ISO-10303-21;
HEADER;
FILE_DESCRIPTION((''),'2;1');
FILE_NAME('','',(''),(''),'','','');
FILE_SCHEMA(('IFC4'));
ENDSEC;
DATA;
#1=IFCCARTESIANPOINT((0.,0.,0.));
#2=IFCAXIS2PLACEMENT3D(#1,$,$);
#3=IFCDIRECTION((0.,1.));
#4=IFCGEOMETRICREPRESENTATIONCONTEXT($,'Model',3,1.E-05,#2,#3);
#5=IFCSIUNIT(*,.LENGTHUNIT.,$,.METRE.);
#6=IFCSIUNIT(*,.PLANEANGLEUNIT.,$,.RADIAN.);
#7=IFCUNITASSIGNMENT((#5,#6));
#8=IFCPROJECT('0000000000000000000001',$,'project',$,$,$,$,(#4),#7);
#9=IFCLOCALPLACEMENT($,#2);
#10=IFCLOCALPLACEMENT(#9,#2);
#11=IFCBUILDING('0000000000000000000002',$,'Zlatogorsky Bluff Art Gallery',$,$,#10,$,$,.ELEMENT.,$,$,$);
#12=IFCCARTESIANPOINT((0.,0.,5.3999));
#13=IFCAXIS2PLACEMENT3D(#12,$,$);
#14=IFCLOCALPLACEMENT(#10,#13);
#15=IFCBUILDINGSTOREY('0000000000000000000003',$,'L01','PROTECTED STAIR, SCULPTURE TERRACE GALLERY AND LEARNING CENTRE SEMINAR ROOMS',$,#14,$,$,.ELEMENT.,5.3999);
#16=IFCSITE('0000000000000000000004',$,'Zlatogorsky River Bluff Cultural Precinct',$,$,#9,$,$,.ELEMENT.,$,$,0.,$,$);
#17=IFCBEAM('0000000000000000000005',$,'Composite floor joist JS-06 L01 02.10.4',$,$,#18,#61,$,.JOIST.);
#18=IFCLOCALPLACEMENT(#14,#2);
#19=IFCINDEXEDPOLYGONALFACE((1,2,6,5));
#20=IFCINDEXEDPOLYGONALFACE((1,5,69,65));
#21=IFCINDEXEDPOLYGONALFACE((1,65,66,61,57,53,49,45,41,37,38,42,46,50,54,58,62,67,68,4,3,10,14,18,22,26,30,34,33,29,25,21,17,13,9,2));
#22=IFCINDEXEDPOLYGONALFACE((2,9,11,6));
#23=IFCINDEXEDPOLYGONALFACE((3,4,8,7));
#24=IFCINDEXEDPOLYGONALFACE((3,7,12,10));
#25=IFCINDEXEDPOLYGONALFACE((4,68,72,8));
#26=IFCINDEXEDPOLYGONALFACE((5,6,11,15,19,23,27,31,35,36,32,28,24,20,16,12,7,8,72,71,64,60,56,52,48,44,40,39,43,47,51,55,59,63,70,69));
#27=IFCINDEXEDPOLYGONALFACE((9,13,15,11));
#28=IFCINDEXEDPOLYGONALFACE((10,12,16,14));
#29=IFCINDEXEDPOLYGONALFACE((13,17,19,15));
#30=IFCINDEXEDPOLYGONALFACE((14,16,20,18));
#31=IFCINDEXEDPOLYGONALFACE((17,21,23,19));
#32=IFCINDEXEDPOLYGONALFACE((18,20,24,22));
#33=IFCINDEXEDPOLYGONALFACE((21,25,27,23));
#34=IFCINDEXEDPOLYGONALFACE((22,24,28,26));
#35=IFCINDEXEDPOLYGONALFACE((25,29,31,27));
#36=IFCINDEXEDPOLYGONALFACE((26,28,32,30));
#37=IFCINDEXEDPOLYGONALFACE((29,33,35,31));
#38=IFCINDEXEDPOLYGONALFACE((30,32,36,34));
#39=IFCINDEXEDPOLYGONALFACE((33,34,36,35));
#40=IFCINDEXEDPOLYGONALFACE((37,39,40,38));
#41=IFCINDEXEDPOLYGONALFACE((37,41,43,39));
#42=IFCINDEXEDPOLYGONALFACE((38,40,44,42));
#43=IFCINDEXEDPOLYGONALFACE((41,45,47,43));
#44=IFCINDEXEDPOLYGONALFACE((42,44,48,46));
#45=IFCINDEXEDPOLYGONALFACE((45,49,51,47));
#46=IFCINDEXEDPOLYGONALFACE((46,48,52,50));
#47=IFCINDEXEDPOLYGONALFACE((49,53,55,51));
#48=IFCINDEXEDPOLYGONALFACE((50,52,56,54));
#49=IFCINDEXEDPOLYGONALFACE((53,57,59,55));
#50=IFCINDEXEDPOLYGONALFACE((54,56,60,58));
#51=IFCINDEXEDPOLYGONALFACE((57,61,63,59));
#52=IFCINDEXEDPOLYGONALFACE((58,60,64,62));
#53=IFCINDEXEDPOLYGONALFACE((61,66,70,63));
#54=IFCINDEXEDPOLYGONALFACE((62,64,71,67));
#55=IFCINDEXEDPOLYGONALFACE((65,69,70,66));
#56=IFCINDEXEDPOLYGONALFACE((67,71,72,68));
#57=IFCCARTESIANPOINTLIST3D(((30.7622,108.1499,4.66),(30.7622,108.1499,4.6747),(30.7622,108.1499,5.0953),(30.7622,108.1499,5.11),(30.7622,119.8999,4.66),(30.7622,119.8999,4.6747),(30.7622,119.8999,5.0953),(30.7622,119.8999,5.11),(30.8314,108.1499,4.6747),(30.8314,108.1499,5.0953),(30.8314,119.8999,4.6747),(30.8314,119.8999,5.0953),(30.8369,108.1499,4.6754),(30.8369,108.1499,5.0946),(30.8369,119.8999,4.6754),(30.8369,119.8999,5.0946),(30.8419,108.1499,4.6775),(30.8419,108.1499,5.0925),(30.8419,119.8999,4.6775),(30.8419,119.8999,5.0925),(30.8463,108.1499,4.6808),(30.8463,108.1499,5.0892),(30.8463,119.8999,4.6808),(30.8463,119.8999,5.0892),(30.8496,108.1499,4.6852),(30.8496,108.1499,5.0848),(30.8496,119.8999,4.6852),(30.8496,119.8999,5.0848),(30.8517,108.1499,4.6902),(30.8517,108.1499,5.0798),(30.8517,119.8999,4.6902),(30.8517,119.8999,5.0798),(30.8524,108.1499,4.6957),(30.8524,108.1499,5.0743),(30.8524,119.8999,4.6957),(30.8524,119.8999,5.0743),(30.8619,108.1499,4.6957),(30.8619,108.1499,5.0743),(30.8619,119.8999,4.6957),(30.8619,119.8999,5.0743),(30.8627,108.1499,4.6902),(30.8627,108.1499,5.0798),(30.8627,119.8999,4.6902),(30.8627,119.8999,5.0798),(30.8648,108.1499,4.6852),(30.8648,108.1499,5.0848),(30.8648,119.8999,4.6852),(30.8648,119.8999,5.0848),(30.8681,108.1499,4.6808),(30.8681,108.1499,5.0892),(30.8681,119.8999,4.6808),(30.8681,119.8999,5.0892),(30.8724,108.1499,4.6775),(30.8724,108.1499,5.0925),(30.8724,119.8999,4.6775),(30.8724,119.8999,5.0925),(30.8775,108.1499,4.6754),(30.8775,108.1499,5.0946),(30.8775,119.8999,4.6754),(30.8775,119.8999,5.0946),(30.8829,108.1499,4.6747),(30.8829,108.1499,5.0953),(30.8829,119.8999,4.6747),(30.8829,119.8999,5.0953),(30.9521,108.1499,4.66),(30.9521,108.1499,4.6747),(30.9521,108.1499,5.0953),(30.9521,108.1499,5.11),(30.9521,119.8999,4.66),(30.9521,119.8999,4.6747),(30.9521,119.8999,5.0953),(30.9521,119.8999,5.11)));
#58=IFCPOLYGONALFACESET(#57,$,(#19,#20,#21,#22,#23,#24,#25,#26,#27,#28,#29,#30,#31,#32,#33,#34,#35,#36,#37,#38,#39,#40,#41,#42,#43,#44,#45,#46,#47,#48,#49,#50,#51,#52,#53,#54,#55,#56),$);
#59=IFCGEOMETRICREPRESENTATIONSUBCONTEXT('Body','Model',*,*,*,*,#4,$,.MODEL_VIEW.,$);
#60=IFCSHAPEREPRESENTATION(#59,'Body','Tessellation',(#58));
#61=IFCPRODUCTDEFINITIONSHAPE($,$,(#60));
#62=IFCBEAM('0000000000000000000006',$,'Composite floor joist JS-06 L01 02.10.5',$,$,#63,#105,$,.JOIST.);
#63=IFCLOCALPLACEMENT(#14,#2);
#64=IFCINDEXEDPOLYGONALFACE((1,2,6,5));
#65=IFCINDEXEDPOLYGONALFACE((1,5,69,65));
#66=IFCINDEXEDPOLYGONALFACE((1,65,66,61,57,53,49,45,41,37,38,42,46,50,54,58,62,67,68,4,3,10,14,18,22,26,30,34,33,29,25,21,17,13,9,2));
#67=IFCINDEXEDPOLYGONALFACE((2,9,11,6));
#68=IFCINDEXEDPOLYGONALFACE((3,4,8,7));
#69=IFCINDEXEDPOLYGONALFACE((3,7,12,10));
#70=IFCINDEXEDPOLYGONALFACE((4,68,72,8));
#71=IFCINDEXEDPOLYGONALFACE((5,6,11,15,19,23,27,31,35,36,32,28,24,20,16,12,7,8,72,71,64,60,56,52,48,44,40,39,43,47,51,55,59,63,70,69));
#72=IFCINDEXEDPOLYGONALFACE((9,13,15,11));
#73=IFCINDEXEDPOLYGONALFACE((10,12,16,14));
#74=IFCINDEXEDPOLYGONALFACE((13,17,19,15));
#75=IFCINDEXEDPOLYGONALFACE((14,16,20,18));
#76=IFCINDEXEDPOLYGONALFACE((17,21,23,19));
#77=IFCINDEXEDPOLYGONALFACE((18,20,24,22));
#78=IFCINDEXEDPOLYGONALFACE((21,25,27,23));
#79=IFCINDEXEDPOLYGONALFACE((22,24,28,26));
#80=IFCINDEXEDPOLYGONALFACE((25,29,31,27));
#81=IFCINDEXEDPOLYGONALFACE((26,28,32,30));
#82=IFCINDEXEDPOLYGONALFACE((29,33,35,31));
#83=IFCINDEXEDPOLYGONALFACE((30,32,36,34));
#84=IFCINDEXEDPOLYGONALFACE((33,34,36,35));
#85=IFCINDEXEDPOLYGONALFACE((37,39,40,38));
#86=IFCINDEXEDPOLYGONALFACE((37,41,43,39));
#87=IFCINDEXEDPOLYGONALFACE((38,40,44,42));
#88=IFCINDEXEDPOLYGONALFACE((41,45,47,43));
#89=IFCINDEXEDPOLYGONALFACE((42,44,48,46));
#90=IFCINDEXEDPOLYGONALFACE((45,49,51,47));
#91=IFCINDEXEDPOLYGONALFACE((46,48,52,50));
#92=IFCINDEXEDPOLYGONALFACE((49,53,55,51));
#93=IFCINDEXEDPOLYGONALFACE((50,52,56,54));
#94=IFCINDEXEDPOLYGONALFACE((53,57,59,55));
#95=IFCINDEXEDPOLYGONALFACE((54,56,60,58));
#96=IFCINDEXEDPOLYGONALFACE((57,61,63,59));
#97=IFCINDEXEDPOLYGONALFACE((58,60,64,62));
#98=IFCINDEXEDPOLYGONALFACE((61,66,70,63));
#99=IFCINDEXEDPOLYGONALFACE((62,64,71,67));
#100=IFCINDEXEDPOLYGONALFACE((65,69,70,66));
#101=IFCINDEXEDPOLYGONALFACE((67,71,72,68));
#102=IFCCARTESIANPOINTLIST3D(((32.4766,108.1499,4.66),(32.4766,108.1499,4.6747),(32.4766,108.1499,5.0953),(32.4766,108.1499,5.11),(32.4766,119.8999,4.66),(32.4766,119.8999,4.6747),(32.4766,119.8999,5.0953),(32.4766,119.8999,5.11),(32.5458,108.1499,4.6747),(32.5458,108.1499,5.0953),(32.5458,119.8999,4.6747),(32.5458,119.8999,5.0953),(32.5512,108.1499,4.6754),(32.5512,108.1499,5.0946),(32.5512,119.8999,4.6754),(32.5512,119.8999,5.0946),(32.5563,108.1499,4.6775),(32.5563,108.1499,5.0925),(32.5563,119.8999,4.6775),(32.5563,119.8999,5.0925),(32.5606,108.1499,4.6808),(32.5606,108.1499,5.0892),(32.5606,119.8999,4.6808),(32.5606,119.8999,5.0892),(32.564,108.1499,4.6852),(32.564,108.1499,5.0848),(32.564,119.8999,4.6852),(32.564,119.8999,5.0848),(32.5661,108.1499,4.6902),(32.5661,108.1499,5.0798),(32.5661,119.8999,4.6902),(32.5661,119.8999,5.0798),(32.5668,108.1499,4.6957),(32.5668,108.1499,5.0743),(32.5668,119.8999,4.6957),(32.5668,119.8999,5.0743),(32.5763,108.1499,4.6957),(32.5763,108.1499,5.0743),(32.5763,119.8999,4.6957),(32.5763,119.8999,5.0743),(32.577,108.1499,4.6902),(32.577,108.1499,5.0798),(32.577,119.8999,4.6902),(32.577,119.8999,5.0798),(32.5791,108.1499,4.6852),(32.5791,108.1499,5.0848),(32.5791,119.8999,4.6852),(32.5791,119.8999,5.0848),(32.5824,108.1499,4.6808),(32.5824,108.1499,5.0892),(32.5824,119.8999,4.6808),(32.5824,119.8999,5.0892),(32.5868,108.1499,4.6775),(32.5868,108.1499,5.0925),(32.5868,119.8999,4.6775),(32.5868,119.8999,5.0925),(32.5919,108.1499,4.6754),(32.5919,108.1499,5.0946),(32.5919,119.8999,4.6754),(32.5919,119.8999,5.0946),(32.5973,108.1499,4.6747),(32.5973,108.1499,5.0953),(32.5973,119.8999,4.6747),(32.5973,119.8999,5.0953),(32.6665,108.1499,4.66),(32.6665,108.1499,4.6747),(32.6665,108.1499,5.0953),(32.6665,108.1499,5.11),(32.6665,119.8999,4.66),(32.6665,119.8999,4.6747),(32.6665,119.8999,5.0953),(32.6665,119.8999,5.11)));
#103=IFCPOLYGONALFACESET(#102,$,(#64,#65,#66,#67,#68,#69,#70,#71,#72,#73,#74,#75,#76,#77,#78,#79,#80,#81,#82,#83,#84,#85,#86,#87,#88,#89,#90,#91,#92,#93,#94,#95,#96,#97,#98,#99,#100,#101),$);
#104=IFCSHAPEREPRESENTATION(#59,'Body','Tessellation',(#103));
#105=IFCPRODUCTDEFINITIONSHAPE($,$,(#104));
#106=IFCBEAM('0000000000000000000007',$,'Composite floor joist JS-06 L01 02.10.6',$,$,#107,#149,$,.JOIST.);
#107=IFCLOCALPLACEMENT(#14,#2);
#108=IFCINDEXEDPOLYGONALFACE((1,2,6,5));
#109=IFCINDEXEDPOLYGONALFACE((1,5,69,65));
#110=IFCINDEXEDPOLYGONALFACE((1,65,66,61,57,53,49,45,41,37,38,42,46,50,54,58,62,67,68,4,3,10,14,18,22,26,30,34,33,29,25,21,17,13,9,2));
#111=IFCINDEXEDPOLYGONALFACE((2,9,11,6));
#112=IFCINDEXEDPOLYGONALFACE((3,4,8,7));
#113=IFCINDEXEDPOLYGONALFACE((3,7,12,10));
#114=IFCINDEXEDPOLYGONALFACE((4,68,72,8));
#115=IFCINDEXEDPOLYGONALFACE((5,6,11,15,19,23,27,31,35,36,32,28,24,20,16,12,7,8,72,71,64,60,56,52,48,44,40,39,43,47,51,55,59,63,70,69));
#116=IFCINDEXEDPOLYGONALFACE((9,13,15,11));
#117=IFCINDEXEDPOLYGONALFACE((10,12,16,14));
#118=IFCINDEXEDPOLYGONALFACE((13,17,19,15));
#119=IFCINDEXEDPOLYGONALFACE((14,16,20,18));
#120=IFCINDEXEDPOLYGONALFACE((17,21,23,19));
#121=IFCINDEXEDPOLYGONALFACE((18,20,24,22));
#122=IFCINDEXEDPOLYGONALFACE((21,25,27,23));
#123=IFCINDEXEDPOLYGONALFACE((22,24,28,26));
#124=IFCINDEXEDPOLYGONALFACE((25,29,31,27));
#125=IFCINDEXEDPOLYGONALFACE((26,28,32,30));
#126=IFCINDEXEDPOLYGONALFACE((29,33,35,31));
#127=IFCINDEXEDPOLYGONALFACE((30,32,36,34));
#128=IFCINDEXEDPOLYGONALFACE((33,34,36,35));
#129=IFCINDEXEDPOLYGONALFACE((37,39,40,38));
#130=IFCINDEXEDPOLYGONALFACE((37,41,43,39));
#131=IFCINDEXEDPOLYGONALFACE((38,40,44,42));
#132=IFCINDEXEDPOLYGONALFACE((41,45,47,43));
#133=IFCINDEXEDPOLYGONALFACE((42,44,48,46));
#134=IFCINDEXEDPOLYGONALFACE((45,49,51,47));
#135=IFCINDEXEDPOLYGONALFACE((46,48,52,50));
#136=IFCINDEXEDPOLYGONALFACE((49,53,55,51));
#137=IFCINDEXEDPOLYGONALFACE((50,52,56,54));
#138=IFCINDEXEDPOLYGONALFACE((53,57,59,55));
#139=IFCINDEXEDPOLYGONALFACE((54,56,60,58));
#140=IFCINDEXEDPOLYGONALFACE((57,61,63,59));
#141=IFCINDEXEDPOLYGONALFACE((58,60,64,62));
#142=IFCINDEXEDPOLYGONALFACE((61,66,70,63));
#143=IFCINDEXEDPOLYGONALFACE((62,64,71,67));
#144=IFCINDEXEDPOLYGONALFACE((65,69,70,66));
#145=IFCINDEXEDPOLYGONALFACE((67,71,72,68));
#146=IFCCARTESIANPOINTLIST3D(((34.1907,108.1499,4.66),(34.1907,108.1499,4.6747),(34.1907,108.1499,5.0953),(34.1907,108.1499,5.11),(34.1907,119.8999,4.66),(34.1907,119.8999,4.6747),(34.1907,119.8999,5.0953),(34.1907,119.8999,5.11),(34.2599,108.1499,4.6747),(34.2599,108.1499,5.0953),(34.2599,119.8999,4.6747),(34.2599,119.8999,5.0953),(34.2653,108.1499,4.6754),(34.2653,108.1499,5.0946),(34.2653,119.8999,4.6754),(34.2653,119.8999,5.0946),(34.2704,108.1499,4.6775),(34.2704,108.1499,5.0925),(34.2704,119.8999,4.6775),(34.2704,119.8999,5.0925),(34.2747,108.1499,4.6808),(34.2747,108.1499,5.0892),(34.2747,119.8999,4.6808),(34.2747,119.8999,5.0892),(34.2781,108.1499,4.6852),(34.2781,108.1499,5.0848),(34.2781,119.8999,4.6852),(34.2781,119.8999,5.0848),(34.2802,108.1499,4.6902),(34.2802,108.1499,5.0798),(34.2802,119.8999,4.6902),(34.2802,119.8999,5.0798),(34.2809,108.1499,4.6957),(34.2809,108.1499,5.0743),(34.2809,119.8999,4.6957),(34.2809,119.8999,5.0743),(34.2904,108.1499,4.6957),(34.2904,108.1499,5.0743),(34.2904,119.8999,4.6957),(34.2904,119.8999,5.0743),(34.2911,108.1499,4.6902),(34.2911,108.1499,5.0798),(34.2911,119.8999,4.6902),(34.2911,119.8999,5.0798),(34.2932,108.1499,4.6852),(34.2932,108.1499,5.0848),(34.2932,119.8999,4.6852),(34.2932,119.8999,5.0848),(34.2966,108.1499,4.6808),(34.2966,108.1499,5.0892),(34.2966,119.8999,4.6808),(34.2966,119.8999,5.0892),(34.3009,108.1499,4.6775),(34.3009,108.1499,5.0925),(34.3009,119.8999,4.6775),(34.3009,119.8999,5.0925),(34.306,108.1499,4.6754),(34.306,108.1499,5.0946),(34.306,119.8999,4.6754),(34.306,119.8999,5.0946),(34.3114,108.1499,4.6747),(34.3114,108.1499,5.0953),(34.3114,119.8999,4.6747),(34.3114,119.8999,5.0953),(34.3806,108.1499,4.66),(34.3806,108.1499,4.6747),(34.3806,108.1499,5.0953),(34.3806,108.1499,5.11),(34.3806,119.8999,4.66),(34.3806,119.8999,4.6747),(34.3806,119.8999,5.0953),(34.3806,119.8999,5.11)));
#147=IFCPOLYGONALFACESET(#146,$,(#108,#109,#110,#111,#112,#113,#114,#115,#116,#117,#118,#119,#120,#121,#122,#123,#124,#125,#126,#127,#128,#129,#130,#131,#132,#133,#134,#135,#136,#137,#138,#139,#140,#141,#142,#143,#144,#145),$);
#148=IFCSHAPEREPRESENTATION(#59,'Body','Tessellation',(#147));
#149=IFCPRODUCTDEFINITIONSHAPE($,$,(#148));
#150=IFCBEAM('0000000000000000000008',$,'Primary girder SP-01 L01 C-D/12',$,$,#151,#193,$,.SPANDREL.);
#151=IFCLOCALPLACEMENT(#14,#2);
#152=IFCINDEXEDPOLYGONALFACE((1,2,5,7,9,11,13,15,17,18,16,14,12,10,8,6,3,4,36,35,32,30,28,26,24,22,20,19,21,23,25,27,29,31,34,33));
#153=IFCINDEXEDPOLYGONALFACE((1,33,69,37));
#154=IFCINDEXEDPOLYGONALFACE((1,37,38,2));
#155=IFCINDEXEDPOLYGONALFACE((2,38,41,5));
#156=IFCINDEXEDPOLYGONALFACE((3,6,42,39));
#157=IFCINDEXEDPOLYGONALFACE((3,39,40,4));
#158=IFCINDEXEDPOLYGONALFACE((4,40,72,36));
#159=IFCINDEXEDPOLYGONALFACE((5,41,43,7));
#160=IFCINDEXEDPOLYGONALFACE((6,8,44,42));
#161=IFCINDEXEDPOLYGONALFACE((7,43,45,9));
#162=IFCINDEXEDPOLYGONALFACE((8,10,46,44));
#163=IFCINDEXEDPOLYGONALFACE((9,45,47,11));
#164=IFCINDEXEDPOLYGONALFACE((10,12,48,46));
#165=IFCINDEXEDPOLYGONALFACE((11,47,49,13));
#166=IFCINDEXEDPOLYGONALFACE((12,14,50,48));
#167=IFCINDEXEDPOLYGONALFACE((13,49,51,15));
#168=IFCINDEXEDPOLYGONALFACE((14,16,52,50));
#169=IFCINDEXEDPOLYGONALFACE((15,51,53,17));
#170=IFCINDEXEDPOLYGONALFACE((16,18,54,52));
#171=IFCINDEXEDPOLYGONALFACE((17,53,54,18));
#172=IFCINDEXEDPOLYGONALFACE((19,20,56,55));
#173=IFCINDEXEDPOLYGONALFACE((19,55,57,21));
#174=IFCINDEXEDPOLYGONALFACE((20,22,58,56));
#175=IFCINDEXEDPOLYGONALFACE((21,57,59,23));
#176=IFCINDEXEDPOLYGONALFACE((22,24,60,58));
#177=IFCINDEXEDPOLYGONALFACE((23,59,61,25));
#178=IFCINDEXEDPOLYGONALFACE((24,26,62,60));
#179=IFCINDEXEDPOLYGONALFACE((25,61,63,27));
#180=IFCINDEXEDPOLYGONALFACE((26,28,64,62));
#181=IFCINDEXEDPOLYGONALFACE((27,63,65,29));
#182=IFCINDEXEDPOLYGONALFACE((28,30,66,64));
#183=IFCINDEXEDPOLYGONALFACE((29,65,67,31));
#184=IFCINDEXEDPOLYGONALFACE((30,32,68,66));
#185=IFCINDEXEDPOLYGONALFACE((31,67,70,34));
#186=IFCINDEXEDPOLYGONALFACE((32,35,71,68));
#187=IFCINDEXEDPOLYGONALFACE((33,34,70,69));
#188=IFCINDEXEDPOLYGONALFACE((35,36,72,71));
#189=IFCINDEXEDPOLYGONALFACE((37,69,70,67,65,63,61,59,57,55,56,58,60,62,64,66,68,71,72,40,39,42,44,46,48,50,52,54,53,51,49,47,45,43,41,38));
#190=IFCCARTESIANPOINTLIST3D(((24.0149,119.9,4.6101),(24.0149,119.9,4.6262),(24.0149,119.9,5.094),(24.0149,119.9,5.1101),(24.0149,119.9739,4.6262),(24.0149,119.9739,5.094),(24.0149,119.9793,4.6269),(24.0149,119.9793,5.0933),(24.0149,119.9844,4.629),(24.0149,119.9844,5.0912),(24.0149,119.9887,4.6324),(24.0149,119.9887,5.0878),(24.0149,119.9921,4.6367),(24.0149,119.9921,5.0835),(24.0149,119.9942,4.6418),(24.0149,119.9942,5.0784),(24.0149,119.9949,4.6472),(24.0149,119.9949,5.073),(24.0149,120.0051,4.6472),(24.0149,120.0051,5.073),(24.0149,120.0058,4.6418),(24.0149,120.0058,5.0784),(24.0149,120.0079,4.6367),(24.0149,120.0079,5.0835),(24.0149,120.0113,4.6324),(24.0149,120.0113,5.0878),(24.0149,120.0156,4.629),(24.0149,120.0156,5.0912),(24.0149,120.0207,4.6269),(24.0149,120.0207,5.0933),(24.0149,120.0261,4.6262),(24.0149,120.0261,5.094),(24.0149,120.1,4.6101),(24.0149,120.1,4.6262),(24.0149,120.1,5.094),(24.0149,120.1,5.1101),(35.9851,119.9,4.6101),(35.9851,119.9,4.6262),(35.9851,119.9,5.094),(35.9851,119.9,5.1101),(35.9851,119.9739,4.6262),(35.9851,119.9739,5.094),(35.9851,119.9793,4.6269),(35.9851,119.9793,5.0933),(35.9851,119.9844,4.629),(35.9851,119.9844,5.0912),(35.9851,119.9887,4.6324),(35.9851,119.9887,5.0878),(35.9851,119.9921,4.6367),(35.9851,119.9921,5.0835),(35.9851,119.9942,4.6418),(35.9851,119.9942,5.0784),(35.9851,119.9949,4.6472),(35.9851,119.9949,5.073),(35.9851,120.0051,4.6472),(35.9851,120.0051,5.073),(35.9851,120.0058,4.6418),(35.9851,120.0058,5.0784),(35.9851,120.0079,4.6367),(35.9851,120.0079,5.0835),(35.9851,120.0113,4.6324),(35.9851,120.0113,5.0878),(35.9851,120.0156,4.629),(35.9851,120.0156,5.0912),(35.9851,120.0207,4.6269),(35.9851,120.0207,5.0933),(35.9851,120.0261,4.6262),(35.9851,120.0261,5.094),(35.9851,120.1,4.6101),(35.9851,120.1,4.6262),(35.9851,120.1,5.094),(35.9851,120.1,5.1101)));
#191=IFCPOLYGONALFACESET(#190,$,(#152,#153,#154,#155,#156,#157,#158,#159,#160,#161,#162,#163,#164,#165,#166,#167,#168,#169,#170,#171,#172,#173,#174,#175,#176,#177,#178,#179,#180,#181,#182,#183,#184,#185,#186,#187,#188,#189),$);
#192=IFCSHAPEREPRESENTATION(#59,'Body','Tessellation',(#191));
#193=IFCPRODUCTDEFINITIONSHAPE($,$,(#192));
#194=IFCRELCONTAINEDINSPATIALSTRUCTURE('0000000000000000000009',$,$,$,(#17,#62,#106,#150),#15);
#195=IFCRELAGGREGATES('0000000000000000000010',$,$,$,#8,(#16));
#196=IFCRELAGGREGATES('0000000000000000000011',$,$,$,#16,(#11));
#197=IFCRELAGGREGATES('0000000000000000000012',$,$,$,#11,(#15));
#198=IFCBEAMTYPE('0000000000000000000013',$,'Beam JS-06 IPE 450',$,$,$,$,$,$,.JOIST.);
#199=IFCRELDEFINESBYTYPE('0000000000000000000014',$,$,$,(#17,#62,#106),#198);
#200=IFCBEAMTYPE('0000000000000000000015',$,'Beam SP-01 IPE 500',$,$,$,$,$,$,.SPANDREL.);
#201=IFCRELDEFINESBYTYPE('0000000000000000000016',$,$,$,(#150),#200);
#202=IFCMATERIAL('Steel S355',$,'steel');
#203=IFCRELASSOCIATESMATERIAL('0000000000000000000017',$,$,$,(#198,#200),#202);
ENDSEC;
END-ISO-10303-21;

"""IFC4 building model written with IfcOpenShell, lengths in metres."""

from ifc_helpers import new_model, si_unit, direction, frame, origin, origin_2d, place, context, subcontext, project, spatial, i_section, extrude, material, material_profile, profile_set, type_object, element, save


model = new_model("IFC4")

# Units and contexts
model_context = context("Model", 3, precision=1e-05, world=origin(), true_north=direction((0.0, 1.0)))
body_context = subcontext(model_context, "Body", "Model", "MODEL_VIEW")
ifc_project = project(units=[si_unit("LENGTHUNIT", "METRE"), si_unit("PLANEANGLEUNIT", "RADIAN")], contexts=[model_context])

# Site, building, storey
site_placement = place(None, origin())
site = spatial("IfcSite", under=ifc_project, at=site_placement, Name="Zlatogorsky River Bluff Cultural Precinct", CompositionType="ELEMENT", RefElevation=0.0)
building_placement = place(site_placement, origin())
building = spatial("IfcBuilding", under=site, at=building_placement, Name="Zlatogorsky Bluff Art Gallery", CompositionType="ELEMENT")
storey_placement = place(building_placement, frame((0.0, 0.0, 5.3999)))
storey = spatial("IfcBuildingStorey", under=building, at=storey_placement, Name="L01", Description="PROTECTED STAIR, SCULPTURE TERRACE GALLERY AND LEARNING CENTRE SEMINAR ROOMS", CompositionType="ELEMENT", Elevation=5.3999)

# Shared definitions
ifc_material_1 = material(Name="Steel S355", Category="steel")

# Beams
ifc_material_profile_1 = material_profile(ifc_material_1, i_section(OverallWidth=0.1899, OverallDepth=0.45, WebThickness=0.0095, FlangeThickness=0.0146, FilletRadius=0.021, at=origin_2d()), Name="IPE 450")
ifc_profile_set_1 = profile_set([ifc_material_profile_1], Name="Steel S355")
beam_type_1 = type_object("IfcBeamType", Name="Beam JS-06 IPE 450", PredefinedType="JOIST", material=ifc_profile_set_1)
for number, where, z_axis, x_axis, name in (
    (1, (30.8572, 108.1499, 4.885), (0.0, 1.0, 0.0), (-1.0, 0.0, 0.0), "Composite floor joist JS-06 L01 02.10.4"),
    (2, (32.5715, 108.1499, 4.885), (0.0, 1.0, 0.0), (-1.0, 0.0, 0.0), "Composite floor joist JS-06 L01 02.10.5"),
    (3, (34.2856, 108.1499, 4.885), (0.0, 1.0, 0.0), (-1.0, 0.0, 0.0), "Composite floor joist JS-06 L01 02.10.6"),
):
    element("IfcBeam", number, at=place(storey_placement, frame(where, z_axis=z_axis, x_axis=x_axis)), inside=storey, type_object=beam_type_1, Name=name, PredefinedType="JOIST", context=body_context, shape_type="SweptSolid", body=[
        extrude(i_section(OverallWidth=0.1899, OverallDepth=0.45, WebThickness=0.0095, FlangeThickness=0.0146, FilletRadius=0.021, at=origin_2d()), origin(), (0.0, 0.0, 1.0), 11.75),
    ])
ifc_material_profile_2 = material_profile(ifc_material_1, i_section(OverallWidth=0.2, OverallDepth=0.5, WebThickness=0.0103, FlangeThickness=0.0161, FilletRadius=0.021, at=origin_2d()), Name="IPE 500")
ifc_profile_set_2 = profile_set([ifc_material_profile_2], Name="Steel S355")
beam_type_2 = type_object("IfcBeamType", Name="Beam SP-01 IPE 500", PredefinedType="SPANDREL", material=ifc_profile_set_2)
for number, where, z_axis, x_axis, name in (
    (4, (24.0149, 120.0, 4.8601), (1.0, 0.0, 0.0), (0.0, 1.0, 0.0), "Primary girder SP-01 L01 C-D/12"),
):
    element("IfcBeam", number, at=place(storey_placement, frame(where, z_axis=z_axis, x_axis=x_axis)), inside=storey, type_object=beam_type_2, Name=name, PredefinedType="SPANDREL", context=body_context, shape_type="SweptSolid", body=[
        extrude(i_section(OverallWidth=0.2, OverallDepth=0.5, WebThickness=0.0103, FlangeThickness=0.0161, FilletRadius=0.021, at=origin_2d()), origin(), (0.0, 0.0, 1.0), 11.9702),
    ])

save(model, "model.ifc")
